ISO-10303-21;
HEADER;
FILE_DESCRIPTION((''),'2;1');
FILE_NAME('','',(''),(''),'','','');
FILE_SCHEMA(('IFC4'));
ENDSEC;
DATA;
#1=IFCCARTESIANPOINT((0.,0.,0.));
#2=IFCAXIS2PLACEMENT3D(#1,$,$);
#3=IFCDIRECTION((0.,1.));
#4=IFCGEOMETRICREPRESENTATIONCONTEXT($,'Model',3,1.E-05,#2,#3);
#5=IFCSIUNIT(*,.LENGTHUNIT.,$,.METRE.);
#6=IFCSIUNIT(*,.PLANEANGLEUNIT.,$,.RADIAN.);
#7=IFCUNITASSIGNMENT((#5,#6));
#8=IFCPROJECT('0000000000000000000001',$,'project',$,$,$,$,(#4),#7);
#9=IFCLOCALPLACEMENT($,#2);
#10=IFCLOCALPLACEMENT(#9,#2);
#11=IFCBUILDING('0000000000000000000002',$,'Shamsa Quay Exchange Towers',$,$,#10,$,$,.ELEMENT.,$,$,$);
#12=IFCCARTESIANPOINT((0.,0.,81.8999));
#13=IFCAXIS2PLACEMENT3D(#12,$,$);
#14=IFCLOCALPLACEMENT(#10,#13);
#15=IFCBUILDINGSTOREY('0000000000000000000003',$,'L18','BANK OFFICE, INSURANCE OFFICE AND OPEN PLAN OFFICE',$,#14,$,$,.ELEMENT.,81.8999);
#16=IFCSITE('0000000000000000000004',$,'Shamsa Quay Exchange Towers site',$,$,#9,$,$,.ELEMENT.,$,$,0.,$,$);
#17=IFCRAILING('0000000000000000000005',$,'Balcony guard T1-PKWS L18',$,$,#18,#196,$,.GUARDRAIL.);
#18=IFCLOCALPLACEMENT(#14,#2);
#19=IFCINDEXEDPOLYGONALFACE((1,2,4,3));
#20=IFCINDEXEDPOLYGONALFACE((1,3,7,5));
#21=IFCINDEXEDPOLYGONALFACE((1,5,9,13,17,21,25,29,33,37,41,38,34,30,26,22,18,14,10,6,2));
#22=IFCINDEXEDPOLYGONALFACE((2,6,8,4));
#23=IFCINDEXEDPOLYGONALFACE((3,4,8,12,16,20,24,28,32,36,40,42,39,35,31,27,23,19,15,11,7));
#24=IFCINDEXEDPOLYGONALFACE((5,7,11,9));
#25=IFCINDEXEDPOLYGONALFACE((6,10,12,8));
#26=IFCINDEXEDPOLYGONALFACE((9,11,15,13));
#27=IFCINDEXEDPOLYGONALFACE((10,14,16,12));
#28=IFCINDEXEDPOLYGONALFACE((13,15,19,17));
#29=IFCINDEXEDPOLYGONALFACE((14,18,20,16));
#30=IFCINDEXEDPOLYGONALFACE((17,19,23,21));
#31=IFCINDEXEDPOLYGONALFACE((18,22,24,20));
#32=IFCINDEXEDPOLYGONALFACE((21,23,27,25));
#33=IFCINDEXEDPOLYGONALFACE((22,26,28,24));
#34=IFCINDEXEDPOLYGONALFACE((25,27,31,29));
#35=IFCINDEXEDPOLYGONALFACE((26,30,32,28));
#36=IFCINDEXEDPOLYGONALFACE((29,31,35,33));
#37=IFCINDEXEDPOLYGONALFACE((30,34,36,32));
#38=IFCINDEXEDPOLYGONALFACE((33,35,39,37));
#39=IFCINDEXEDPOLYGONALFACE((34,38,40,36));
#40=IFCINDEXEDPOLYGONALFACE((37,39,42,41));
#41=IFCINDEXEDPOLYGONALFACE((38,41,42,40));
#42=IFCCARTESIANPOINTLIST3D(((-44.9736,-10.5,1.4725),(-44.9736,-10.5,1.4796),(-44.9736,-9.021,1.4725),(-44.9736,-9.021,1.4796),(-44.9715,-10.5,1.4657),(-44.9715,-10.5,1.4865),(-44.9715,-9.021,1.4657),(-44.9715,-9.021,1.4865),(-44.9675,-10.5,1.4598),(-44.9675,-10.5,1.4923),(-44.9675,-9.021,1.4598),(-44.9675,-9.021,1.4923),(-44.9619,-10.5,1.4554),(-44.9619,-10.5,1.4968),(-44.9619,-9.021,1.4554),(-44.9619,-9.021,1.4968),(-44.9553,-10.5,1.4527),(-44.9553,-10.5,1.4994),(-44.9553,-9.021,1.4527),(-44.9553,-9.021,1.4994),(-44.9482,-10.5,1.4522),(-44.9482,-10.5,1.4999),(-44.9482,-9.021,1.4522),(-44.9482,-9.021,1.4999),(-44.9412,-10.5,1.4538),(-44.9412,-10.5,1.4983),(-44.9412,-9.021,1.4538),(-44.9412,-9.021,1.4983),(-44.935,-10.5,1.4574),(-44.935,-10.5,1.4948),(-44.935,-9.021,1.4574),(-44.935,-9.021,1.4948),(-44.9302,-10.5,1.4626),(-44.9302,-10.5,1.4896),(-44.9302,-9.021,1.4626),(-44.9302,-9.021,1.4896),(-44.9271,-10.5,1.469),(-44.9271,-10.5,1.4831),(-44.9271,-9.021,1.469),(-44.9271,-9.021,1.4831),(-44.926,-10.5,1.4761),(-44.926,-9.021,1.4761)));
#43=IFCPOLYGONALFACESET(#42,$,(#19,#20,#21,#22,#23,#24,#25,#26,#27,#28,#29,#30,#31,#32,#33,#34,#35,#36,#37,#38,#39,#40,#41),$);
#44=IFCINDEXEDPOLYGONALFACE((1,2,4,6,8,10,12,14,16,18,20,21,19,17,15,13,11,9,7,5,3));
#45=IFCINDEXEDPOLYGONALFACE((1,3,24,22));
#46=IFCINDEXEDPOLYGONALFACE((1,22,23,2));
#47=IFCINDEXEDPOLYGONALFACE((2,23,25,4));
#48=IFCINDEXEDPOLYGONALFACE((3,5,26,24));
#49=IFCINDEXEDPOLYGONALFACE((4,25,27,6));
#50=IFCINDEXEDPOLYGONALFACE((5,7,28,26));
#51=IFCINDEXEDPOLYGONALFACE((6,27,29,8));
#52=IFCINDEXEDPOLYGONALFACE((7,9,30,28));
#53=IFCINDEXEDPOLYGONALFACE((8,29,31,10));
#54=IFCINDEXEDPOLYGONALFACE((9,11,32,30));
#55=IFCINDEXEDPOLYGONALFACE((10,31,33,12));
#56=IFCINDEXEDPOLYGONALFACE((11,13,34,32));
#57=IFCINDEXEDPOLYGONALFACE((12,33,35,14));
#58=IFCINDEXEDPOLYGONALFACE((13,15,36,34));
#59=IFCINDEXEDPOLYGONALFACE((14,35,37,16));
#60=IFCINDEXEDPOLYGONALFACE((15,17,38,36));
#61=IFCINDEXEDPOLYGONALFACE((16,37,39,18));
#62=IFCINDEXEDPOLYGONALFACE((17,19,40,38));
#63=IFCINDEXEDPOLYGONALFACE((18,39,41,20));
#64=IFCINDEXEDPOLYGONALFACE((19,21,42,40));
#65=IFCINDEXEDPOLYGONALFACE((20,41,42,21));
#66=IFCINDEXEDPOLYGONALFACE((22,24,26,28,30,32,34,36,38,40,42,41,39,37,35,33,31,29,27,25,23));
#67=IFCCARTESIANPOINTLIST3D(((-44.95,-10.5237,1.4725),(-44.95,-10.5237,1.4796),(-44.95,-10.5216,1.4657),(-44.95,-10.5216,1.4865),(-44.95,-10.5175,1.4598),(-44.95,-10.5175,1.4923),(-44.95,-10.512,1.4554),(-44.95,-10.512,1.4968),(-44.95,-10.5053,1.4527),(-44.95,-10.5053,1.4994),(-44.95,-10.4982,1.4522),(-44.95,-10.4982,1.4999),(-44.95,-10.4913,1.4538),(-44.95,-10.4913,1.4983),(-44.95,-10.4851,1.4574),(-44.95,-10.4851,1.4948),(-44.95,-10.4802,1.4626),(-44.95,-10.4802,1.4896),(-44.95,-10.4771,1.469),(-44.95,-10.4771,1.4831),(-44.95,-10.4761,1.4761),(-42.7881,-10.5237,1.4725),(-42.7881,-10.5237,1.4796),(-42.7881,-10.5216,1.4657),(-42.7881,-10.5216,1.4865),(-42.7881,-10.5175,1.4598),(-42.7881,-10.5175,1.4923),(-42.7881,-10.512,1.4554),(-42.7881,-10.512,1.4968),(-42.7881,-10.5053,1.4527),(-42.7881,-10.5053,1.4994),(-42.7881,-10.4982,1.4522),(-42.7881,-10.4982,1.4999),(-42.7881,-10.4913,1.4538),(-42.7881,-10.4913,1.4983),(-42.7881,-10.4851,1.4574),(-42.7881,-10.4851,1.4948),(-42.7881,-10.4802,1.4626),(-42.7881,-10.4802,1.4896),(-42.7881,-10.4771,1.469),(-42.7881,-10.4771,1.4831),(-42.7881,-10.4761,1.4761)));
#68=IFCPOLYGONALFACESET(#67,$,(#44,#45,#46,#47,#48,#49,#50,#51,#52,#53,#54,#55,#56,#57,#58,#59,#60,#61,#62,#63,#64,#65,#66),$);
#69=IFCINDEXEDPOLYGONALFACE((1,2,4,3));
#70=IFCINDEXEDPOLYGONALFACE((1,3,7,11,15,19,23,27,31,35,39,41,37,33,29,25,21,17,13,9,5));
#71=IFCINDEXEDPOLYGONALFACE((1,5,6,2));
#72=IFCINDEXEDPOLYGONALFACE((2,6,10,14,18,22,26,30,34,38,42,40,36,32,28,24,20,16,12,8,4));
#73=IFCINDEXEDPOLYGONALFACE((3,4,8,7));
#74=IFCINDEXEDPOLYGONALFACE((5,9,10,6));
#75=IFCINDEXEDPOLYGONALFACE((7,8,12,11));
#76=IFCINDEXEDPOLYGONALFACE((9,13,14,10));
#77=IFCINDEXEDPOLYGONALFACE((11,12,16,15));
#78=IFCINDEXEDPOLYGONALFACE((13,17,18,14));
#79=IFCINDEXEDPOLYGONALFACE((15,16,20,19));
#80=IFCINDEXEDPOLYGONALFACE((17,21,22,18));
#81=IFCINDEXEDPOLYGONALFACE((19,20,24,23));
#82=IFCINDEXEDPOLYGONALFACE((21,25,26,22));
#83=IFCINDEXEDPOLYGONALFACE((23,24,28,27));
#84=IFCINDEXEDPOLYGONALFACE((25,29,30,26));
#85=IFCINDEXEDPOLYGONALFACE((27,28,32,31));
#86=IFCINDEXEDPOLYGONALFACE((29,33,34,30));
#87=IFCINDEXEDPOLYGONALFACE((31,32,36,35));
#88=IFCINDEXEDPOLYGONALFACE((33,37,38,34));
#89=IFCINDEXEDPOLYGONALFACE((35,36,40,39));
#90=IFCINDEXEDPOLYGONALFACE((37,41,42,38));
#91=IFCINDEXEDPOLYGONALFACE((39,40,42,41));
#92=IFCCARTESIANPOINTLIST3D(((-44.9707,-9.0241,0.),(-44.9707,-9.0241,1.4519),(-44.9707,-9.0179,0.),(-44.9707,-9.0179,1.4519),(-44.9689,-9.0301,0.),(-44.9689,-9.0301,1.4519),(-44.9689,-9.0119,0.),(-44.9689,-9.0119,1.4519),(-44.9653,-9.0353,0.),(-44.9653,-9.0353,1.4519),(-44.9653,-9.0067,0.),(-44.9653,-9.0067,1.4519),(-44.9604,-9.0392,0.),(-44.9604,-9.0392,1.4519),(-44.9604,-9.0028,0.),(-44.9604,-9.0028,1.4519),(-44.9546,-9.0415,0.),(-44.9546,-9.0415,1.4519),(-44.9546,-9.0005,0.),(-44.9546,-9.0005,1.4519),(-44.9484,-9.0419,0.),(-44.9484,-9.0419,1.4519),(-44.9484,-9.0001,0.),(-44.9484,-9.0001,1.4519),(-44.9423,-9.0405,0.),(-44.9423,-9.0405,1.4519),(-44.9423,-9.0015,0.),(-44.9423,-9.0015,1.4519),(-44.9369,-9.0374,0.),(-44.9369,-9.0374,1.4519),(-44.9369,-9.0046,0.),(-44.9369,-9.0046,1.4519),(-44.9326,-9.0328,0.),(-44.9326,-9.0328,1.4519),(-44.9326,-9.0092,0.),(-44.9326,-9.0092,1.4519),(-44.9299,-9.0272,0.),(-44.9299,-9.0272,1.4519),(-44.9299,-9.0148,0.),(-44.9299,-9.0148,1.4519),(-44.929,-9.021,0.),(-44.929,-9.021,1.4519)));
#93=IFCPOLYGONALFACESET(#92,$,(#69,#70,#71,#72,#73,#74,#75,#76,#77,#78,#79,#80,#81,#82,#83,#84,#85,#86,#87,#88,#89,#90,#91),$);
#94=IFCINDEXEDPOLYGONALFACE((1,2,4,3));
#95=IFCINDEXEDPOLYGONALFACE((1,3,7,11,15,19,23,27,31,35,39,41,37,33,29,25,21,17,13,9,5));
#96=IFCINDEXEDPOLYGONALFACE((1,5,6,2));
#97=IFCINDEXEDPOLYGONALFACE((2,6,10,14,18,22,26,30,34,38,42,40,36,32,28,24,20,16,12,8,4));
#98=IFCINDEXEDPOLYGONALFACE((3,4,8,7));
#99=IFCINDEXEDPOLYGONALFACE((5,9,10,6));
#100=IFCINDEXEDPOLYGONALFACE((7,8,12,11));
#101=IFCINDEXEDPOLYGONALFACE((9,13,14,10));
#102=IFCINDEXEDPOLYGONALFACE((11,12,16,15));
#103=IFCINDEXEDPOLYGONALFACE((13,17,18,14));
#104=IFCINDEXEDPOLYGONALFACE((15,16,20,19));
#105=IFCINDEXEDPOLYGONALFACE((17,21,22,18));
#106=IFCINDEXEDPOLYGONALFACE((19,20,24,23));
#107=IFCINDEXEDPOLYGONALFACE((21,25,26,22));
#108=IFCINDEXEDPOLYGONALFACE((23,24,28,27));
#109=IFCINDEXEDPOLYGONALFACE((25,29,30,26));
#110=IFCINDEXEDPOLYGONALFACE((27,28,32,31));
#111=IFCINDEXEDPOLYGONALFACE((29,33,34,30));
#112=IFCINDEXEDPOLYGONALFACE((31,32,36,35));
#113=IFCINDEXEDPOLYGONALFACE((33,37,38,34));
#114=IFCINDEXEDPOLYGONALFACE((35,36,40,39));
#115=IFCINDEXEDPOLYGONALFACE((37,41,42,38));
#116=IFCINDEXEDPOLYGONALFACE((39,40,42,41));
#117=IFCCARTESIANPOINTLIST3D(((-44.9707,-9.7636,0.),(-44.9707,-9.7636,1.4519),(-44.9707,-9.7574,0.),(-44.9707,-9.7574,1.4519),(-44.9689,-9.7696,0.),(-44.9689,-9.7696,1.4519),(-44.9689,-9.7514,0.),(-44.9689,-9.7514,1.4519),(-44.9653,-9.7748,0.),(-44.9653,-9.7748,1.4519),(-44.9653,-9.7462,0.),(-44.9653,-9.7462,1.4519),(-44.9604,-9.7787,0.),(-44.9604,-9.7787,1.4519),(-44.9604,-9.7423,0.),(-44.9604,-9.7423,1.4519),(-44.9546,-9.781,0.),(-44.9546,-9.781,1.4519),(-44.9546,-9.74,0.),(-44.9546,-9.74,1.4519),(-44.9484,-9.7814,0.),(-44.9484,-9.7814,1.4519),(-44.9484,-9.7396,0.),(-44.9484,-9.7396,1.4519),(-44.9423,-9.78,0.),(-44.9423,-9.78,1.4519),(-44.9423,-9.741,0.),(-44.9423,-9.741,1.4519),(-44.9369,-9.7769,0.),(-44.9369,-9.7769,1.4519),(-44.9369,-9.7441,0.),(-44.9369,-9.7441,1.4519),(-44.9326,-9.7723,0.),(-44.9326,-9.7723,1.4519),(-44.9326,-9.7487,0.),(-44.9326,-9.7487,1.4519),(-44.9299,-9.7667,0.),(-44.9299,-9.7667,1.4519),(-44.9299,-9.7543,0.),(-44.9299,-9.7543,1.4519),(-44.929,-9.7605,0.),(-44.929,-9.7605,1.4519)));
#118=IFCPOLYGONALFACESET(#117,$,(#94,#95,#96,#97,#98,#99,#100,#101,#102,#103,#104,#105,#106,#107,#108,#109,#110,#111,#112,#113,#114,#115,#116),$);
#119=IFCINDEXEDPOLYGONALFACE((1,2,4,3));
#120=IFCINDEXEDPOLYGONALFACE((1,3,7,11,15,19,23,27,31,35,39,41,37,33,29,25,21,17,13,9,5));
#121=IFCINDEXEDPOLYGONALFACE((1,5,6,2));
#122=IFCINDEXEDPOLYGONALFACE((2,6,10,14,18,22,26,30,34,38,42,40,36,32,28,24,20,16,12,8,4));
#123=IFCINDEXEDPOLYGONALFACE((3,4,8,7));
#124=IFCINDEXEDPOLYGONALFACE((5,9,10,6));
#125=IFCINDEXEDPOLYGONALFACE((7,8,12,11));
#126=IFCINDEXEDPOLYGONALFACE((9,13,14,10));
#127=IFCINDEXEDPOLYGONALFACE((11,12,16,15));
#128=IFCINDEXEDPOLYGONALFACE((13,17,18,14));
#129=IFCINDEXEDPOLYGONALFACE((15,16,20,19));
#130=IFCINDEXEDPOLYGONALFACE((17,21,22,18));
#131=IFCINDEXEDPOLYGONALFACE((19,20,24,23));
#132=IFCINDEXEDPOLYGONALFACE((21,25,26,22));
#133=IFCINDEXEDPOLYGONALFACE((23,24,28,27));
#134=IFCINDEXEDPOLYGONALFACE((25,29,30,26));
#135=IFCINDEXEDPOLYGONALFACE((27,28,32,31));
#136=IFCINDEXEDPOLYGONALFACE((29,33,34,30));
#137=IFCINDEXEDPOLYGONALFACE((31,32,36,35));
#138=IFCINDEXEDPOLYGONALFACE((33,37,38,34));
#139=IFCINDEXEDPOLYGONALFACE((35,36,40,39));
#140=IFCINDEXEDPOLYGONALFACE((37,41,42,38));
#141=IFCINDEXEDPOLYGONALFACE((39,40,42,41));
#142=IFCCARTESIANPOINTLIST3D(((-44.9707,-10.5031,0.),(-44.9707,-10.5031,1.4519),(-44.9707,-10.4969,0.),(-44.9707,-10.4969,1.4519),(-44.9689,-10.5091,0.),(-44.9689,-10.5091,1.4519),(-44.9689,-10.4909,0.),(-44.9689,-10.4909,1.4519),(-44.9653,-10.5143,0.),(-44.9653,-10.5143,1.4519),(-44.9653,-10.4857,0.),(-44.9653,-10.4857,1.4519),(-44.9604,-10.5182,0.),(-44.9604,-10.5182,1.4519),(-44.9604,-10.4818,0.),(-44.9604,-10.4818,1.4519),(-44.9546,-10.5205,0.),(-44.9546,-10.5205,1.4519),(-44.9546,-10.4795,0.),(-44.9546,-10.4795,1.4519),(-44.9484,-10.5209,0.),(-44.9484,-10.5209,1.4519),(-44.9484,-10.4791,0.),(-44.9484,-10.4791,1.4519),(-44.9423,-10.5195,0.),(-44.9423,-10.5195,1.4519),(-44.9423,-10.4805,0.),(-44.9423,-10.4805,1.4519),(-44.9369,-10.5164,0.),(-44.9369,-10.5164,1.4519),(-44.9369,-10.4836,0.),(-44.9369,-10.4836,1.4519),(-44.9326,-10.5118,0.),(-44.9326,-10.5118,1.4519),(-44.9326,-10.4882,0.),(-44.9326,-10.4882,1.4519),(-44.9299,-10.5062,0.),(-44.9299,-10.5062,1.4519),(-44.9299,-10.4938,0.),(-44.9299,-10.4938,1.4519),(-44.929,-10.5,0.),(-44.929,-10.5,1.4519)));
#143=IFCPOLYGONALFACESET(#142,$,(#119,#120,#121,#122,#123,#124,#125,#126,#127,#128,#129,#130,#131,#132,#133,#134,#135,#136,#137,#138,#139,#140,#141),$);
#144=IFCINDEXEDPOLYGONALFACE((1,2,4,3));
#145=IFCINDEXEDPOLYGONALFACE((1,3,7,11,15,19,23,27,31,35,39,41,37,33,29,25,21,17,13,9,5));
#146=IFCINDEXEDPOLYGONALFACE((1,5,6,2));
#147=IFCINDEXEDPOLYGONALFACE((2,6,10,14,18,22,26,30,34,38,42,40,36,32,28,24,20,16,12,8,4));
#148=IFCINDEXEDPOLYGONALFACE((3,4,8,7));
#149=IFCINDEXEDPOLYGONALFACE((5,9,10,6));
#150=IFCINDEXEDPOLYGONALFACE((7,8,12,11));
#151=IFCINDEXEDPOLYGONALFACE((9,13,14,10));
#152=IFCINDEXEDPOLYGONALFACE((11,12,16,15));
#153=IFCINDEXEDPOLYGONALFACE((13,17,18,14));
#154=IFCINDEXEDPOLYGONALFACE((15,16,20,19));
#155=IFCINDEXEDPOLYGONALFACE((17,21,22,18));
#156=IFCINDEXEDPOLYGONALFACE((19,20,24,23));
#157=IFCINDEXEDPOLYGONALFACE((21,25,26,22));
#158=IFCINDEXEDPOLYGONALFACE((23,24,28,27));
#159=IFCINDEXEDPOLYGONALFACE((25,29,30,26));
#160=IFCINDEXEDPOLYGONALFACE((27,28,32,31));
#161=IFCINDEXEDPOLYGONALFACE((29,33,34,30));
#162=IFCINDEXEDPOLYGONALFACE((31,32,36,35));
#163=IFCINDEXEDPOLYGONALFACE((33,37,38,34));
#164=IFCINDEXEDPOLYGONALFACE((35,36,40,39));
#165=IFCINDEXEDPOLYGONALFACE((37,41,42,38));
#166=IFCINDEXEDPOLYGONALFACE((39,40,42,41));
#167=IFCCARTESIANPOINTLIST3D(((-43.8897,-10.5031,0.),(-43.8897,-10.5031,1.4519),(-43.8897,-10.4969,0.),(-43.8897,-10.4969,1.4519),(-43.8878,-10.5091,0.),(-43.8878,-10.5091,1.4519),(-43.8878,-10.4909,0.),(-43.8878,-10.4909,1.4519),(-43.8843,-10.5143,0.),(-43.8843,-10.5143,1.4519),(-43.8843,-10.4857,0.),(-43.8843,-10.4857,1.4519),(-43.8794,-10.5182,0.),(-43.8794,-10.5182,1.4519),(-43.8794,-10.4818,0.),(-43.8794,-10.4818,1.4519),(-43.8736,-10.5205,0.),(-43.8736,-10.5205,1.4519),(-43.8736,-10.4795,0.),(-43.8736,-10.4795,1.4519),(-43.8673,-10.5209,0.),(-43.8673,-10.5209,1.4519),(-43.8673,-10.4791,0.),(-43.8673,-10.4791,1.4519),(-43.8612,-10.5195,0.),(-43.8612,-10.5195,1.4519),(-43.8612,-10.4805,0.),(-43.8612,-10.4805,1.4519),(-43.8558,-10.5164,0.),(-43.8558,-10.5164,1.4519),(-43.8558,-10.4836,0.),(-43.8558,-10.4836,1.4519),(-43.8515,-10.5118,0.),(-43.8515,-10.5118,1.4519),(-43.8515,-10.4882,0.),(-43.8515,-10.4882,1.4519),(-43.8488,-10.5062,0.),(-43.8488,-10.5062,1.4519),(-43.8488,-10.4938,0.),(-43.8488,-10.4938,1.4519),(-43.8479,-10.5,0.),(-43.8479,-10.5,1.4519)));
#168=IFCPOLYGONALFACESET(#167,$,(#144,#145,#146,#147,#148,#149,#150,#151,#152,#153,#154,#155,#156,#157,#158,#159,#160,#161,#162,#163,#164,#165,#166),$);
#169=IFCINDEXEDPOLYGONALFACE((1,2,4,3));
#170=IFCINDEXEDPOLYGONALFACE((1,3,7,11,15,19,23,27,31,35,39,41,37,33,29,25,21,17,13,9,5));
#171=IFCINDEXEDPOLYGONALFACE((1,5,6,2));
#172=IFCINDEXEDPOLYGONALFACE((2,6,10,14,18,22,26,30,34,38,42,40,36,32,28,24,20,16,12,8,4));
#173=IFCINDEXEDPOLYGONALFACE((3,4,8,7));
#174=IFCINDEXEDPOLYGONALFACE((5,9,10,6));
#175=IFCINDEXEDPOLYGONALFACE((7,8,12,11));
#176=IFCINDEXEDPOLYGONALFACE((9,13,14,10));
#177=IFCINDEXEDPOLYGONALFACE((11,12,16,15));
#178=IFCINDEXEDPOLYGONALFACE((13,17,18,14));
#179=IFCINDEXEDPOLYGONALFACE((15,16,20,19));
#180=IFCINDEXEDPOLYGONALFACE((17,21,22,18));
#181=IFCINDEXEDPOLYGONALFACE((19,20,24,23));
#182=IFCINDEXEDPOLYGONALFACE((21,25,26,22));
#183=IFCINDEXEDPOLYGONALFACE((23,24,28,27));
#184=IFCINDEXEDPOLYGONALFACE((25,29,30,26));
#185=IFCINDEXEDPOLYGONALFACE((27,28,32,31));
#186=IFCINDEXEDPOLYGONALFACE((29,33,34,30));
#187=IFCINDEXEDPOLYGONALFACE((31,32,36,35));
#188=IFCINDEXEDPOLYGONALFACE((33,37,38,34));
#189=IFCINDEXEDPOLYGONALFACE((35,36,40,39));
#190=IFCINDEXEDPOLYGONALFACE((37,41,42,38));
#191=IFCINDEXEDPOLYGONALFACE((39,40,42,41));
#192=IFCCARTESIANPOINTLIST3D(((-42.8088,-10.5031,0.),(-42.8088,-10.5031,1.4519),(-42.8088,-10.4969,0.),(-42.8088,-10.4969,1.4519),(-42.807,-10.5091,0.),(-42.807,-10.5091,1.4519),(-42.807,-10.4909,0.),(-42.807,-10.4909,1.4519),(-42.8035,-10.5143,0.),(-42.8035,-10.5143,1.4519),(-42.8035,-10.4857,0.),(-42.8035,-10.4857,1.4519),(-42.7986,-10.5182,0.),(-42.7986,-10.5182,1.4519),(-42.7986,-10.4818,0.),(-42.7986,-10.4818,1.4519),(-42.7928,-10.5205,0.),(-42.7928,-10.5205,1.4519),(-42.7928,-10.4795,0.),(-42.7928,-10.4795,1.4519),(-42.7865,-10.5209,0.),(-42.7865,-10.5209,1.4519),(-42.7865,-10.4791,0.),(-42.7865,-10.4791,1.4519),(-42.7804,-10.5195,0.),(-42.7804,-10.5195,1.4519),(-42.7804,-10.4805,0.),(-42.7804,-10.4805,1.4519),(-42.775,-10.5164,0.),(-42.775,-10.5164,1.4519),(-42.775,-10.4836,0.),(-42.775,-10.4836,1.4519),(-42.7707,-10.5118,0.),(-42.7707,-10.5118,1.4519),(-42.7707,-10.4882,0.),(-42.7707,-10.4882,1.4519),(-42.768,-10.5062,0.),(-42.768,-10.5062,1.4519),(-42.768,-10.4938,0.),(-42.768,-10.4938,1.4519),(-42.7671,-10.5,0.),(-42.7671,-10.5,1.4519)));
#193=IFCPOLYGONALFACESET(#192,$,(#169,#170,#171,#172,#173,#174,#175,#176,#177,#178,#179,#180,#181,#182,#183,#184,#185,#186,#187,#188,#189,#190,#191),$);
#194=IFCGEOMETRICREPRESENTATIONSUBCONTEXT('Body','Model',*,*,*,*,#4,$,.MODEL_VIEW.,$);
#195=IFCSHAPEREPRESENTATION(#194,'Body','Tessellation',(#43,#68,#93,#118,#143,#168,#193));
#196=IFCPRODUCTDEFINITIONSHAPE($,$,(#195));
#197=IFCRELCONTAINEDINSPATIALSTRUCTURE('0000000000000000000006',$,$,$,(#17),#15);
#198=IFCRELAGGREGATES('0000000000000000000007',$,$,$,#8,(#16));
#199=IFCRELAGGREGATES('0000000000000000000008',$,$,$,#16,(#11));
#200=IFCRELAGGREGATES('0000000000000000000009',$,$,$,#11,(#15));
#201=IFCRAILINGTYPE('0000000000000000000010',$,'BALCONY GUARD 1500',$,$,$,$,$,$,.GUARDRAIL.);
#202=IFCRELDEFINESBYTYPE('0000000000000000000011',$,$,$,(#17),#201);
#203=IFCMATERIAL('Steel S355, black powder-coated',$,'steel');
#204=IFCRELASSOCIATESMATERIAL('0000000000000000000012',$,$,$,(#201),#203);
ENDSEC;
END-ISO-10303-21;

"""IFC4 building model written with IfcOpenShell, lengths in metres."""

from ifc_helpers import new_model, si_unit, direction, frame, origin, origin_2d, place, context, subcontext, project, spatial, circle, extrude, material, type_object, element, save


model = new_model("IFC4")

# Units and contexts
model_context = context("Model", 3, precision=1e-05, world=origin(), true_north=direction((0.0, 1.0)))
body_context = subcontext(model_context, "Body", "Model", "MODEL_VIEW")
ifc_project = project(units=[si_unit("LENGTHUNIT", "METRE"), si_unit("PLANEANGLEUNIT", "RADIAN")], contexts=[model_context])

# Site, building, storey
site_placement = place(None, origin())
site = spatial("IfcSite", under=ifc_project, at=site_placement, Name="Shamsa Quay Exchange Towers site", CompositionType="ELEMENT", RefElevation=0.0)
building_placement = place(site_placement, origin())
building = spatial("IfcBuilding", under=site, at=building_placement, Name="Shamsa Quay Exchange Towers", CompositionType="ELEMENT")
storey_placement = place(building_placement, frame((0.0, 0.0, 81.8999)))
storey = spatial("IfcBuildingStorey", under=building, at=storey_placement, Name="L18", Description="BANK OFFICE, INSURANCE OFFICE AND OPEN PLAN OFFICE", CompositionType="ELEMENT", Elevation=81.8999)

# Railing
ifc_material_1 = material(Name="Steel S355, black powder-coated", Category="steel")
railing_type_1 = type_object("IfcRailingType", Name="BALCONY GUARD 1500", PredefinedType="GUARDRAIL", material=ifc_material_1)
for number, where, name in (
    (1, (-44.95, -9.021, 0.0), "Balcony guard T1-PKWS L18"),
):
    element("IfcRailing", number, at=place(storey_placement, frame(where)), inside=storey, type_object=railing_type_1, Name=name, PredefinedType="GUARDRAIL", context=body_context, shape_type="SweptSolid", body=[
        extrude(circle(Radius=0.0239, at=origin_2d()), frame((0.0, 0.0, 1.4761), z_axis=(0.0, -1.0, 0.0), x_axis=(1.0, 0.0, 0.0)), (0.0, 0.0, 1.0), 1.479),
        extrude(circle(Radius=0.0239, at=origin_2d()), frame((0.0, -1.479, 1.4761), z_axis=(1.0, 0.0, 0.0), x_axis=(0.0, 1.0, 0.0)), (0.0, 0.0, 1.0), 2.1619),
        extrude(circle(Radius=0.021, at=origin_2d()), origin(), (0.0, 0.0, 1.0), 1.4519),
        extrude(circle(Radius=0.021, at=origin_2d()), frame((0.0, -0.7395, 0.0)), (0.0, 0.0, 1.0), 1.4519),
        extrude(circle(Radius=0.021, at=origin_2d()), frame((0.0, -1.479, 0.0)), (0.0, 0.0, 1.0), 1.4519),
        extrude(circle(Radius=0.021, at=origin_2d()), frame((1.0811, -1.479, 0.0)), (0.0, 0.0, 1.0), 1.4519),
        extrude(circle(Radius=0.021, at=origin_2d()), frame((2.1619, -1.479, 0.0)), (0.0, 0.0, 1.0), 1.4519),
    ])

save(model, "model.ifc")
